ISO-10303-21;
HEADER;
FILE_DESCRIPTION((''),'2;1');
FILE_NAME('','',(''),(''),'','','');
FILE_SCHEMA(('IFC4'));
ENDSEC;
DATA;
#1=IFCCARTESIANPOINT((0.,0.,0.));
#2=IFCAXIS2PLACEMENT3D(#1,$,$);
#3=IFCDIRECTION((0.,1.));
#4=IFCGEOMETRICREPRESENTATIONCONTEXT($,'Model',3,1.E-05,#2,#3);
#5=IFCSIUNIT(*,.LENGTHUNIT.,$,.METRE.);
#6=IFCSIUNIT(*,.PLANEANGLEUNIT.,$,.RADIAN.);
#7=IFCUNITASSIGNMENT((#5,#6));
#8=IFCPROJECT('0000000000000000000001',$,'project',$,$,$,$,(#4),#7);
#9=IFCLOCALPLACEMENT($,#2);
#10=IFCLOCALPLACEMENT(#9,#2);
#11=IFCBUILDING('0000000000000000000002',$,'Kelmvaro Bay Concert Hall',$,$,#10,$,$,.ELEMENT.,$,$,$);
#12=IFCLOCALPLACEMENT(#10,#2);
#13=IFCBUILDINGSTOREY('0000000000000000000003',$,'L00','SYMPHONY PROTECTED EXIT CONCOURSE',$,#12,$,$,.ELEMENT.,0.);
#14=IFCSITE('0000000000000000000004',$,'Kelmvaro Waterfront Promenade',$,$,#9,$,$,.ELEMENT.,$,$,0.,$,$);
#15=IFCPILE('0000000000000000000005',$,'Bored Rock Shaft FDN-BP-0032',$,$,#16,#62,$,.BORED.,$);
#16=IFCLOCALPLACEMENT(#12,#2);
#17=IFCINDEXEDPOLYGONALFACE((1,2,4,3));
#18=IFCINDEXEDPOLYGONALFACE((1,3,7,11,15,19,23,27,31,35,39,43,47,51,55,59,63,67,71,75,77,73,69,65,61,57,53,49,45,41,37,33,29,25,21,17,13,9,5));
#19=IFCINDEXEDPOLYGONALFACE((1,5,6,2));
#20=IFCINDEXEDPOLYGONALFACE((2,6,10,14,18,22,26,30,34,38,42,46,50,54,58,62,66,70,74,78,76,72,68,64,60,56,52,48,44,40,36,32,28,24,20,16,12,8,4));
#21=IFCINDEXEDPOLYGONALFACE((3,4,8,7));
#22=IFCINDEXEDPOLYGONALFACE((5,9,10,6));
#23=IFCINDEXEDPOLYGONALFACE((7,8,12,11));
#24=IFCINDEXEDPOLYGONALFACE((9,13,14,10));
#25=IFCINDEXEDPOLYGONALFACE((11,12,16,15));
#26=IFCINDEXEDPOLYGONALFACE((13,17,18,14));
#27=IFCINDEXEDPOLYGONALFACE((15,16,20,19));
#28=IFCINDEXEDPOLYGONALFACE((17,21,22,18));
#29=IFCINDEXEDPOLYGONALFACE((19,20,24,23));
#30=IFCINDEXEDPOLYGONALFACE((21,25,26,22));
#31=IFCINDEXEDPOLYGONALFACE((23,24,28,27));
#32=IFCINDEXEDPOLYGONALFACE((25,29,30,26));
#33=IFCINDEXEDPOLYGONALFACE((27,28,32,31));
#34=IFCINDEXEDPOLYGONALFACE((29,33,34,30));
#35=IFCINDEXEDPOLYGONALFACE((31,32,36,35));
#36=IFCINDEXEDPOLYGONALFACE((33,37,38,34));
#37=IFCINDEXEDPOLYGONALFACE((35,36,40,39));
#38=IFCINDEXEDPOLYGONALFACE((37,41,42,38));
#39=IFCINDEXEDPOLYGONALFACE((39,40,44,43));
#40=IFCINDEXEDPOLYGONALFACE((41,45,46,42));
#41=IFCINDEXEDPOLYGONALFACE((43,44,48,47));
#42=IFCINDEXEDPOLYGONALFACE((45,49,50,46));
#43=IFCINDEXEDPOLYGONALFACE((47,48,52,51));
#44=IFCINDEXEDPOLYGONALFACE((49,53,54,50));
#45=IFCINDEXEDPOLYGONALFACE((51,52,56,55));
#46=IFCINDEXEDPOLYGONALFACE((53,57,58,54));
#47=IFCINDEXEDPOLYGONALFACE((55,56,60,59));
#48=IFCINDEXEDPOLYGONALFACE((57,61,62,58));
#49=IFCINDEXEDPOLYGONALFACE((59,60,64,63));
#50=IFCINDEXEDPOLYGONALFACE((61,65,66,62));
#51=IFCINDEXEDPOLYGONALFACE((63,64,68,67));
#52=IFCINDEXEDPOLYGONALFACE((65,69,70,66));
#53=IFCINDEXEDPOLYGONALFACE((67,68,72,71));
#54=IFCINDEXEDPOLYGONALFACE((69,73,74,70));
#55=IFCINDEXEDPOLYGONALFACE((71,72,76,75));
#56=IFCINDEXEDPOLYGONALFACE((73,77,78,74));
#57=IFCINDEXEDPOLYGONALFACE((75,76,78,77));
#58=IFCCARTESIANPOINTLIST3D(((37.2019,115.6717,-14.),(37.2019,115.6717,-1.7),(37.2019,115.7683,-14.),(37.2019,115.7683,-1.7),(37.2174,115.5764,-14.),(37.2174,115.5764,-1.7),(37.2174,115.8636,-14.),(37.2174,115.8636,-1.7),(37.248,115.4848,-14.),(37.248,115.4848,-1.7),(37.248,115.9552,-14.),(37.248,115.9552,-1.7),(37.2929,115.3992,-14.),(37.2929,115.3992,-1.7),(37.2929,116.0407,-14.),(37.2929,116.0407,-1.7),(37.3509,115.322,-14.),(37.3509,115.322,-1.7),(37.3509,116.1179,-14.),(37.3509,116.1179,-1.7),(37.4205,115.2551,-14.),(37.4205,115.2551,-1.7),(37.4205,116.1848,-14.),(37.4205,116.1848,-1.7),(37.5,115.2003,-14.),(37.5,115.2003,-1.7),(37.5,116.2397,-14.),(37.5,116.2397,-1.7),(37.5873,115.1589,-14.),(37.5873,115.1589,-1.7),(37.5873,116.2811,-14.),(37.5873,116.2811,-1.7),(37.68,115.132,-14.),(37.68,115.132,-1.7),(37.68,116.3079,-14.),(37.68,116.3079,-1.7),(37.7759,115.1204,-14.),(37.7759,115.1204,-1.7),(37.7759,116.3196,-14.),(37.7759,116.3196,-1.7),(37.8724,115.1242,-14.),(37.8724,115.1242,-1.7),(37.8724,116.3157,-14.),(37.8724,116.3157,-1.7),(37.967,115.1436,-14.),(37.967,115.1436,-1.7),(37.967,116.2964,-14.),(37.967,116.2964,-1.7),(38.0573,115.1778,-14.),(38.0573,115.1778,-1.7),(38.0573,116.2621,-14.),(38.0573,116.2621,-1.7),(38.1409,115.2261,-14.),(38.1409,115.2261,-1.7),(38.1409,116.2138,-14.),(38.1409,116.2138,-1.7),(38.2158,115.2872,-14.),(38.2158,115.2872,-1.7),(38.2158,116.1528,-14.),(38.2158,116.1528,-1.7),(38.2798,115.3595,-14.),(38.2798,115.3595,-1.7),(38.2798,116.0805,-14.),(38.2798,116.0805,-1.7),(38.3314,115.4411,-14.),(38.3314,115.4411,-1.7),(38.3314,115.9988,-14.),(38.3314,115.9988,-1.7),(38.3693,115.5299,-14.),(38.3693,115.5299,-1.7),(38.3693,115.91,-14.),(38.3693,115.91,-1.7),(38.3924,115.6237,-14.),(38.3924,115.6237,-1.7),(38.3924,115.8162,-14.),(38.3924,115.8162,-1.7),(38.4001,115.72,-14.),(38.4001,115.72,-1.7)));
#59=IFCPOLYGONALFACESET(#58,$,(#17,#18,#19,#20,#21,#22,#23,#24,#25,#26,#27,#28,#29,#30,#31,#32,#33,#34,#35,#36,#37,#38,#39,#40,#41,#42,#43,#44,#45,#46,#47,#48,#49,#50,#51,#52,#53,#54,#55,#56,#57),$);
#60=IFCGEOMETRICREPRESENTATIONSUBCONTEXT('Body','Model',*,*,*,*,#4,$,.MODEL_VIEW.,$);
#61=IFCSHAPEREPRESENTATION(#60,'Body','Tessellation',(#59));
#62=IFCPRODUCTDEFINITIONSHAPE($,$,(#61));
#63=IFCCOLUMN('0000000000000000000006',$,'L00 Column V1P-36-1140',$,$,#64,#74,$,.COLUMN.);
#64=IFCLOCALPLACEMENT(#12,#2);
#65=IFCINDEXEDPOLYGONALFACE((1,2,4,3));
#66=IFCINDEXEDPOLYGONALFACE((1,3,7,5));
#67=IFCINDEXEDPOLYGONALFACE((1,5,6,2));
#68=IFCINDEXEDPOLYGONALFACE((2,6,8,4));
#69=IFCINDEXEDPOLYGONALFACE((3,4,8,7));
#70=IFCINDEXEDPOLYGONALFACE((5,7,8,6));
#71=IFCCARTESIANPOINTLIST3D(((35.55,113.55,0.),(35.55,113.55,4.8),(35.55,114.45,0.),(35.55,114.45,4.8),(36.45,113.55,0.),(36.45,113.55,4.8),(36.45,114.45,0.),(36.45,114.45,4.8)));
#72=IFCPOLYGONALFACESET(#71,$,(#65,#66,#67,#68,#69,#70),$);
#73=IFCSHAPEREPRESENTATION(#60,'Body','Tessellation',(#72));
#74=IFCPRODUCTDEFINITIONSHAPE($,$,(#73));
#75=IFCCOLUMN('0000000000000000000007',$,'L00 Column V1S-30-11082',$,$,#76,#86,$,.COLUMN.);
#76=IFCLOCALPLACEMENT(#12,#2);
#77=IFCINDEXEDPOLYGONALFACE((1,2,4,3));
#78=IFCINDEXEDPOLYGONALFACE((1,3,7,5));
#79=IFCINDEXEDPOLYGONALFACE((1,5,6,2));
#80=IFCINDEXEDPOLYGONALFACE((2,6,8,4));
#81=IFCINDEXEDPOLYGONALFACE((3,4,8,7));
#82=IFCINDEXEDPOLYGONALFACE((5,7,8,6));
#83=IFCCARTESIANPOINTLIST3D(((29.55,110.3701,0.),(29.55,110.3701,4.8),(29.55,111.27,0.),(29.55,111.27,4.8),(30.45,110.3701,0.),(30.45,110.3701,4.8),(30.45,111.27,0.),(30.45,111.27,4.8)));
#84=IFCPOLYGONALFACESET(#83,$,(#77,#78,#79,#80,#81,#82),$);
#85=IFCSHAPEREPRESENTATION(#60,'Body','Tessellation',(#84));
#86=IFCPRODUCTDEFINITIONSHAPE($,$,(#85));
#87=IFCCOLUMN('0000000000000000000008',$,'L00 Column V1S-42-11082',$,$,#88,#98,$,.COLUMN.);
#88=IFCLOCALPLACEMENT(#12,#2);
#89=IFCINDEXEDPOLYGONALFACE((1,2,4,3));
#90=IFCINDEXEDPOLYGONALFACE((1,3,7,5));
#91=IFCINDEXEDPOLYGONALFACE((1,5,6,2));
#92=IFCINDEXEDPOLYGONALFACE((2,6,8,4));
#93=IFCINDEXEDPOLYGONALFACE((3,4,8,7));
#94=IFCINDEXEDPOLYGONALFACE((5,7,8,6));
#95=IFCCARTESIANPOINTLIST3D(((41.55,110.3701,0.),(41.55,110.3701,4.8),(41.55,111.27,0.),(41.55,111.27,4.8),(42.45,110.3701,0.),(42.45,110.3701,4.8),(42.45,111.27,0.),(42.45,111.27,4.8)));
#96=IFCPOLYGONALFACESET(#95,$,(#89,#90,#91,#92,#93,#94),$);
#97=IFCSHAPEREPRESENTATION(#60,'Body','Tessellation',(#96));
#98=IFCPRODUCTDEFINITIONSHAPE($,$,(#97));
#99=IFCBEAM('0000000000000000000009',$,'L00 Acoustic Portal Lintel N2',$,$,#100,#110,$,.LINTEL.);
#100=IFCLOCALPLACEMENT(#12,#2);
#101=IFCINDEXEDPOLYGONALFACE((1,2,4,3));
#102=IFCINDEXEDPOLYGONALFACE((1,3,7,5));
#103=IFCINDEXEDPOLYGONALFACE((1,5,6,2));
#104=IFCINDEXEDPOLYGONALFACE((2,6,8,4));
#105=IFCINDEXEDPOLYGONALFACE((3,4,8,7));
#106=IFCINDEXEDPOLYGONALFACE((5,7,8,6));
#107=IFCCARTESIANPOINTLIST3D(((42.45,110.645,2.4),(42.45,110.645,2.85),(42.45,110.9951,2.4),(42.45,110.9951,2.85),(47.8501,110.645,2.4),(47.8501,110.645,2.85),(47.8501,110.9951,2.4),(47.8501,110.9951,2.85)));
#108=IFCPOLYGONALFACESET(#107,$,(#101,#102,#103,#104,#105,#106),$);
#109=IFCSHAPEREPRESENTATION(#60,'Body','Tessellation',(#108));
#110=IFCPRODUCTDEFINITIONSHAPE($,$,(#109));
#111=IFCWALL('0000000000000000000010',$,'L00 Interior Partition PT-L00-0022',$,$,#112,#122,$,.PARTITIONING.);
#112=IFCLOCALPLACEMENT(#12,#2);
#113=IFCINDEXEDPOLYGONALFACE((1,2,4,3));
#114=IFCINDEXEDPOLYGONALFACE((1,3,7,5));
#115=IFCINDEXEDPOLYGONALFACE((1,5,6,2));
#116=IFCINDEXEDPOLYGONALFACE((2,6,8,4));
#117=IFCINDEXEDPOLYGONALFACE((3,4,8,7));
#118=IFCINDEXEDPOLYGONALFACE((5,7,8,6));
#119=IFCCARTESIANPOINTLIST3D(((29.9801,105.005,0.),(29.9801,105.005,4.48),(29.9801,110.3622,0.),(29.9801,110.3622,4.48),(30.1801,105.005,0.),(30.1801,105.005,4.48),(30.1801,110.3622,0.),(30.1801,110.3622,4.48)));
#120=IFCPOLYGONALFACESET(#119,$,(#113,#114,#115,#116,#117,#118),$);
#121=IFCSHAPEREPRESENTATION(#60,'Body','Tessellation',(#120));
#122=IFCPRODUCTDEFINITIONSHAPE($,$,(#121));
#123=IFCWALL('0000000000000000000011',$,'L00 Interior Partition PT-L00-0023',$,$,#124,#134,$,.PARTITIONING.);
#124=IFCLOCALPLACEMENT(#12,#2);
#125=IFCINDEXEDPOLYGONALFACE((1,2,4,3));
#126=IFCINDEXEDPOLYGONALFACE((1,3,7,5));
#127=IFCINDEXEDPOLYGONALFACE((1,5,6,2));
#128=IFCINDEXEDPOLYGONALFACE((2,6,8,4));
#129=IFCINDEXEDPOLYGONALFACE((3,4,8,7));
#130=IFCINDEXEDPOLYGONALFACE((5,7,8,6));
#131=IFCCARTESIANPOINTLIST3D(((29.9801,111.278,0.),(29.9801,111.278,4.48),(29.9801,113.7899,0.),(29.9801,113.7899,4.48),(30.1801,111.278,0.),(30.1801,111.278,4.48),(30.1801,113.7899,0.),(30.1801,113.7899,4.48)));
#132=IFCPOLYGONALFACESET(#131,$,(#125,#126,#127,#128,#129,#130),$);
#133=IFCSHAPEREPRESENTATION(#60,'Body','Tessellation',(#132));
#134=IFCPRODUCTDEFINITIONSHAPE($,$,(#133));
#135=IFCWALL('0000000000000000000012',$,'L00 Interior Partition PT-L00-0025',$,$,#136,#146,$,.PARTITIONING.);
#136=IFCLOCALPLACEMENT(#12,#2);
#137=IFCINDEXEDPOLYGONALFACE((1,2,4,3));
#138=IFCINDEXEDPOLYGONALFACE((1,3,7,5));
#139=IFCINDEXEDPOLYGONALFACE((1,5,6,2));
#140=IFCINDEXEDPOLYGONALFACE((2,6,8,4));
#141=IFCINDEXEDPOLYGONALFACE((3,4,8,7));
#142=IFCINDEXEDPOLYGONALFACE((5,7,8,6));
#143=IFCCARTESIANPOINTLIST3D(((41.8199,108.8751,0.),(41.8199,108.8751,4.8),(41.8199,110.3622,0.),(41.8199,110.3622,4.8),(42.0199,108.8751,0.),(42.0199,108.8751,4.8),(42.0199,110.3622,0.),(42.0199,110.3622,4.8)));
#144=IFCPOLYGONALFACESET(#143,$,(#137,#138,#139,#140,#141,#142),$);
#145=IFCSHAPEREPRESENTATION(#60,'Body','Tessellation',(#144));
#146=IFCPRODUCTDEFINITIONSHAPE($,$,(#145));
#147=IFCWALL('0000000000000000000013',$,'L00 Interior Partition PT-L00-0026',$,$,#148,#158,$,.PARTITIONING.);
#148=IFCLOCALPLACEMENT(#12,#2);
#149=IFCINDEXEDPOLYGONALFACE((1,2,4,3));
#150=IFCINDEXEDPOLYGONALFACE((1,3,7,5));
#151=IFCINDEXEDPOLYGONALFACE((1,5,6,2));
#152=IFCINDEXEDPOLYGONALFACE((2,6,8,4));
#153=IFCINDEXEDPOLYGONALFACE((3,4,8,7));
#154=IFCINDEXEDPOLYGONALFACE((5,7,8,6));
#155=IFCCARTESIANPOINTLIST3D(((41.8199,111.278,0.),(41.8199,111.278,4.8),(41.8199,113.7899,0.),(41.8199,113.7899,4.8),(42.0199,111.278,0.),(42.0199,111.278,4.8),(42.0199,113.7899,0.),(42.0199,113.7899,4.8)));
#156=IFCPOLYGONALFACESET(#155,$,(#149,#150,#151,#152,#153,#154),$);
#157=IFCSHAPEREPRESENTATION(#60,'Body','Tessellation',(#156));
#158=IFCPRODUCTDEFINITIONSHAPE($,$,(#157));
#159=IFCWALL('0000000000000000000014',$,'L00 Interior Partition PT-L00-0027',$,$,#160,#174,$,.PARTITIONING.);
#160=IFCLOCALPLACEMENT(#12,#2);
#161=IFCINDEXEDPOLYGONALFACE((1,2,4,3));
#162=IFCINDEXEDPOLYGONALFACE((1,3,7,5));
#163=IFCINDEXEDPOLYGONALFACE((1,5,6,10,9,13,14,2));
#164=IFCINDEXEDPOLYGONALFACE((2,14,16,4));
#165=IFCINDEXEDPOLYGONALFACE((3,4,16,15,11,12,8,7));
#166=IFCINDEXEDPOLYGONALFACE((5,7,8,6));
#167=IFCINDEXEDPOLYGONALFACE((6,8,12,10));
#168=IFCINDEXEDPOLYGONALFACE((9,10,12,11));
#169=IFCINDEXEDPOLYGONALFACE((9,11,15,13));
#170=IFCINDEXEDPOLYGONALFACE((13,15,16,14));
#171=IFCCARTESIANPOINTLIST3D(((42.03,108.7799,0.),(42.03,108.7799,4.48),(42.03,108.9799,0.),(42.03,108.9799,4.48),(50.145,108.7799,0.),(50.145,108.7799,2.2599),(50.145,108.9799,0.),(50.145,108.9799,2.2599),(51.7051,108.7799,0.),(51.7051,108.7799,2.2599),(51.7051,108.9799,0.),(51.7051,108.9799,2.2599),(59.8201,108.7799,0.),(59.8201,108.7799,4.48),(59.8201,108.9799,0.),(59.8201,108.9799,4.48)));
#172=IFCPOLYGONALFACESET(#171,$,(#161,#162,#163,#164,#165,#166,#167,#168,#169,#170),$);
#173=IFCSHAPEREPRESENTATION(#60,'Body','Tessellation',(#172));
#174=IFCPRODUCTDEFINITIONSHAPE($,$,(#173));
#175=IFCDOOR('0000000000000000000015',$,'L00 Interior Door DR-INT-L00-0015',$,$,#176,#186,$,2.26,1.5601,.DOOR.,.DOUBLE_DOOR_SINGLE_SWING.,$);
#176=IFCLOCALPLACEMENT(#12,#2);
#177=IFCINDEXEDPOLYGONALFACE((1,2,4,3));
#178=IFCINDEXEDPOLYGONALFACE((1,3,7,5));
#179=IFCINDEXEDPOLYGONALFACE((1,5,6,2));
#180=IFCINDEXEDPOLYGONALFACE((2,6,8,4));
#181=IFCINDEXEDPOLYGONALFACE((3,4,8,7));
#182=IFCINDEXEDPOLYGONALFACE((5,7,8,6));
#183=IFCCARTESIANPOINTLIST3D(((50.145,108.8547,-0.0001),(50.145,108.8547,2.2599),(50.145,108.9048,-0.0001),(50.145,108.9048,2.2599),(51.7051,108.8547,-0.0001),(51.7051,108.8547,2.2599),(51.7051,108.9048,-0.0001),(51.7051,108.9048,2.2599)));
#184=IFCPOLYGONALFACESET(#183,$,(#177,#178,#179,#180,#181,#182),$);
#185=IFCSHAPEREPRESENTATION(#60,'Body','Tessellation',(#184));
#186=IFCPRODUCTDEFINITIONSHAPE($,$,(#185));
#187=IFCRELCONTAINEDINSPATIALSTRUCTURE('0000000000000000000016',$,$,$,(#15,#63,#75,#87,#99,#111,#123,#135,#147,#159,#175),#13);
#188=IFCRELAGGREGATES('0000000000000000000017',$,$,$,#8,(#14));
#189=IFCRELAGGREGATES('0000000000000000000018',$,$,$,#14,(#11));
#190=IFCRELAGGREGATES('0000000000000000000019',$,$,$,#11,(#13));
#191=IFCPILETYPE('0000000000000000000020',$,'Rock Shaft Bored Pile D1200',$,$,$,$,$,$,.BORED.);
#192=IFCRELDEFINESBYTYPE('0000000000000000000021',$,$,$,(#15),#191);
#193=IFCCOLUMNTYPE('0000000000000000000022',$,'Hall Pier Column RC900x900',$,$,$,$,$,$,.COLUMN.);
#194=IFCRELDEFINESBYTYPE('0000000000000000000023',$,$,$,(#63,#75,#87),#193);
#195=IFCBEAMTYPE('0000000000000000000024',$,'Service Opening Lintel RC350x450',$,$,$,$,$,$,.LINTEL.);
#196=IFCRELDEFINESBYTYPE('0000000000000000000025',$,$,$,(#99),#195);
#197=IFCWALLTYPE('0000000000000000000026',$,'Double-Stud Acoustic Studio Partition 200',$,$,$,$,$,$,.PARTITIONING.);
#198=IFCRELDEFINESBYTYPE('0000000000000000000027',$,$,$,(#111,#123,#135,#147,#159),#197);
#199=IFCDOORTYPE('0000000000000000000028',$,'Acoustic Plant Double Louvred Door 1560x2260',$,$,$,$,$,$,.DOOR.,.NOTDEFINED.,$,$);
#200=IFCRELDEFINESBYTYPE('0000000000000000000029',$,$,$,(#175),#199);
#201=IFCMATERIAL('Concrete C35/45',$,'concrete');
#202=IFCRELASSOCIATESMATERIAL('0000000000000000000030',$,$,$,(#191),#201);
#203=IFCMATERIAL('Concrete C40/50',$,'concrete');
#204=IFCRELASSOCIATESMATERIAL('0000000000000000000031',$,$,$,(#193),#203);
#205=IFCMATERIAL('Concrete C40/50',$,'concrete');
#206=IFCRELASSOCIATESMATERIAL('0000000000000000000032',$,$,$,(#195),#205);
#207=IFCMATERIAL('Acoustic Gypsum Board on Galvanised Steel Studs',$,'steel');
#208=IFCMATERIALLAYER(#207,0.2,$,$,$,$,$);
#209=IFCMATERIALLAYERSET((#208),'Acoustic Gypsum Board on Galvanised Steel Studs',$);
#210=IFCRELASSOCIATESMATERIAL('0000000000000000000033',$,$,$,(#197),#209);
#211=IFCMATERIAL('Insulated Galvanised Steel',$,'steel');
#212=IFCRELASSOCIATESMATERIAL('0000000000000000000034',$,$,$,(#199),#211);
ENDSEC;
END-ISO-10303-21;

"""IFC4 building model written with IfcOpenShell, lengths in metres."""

from ifc_helpers import new_model, si_unit, direction, frame, frame_2d, origin, origin_2d, place, context, subcontext, project, spatial, rectangle, circle, extrude, material, layer, layer_set, material_profile, profile_set, type_object, element, fill, save


model = new_model("IFC4")

# Units and contexts
model_context = context("Model", 3, precision=1e-05, world=origin(), true_north=direction((0.0, 1.0)))
body_context = subcontext(model_context, "Body", "Model", "MODEL_VIEW")
ifc_project = project(units=[si_unit("LENGTHUNIT", "METRE"), si_unit("PLANEANGLEUNIT", "RADIAN")], contexts=[model_context])

# Site, building, storey
site_placement = place(None, origin())
site = spatial("IfcSite", under=ifc_project, at=site_placement, Name="Kelmvaro Waterfront Promenade", CompositionType="ELEMENT", RefElevation=0.0)
building_placement = place(site_placement, origin())
building = spatial("IfcBuilding", under=site, at=building_placement, Name="Kelmvaro Bay Concert Hall", CompositionType="ELEMENT")
storey_placement = place(building_placement, origin())
storey = spatial("IfcBuildingStorey", under=building, at=storey_placement, Name="L00", Description="SYMPHONY PROTECTED EXIT CONCOURSE", CompositionType="ELEMENT", Elevation=0.0)

# Pile
ifc_material_1 = material(Name="Concrete C35/45", Category="concrete")
ifc_material_profile_1 = material_profile(ifc_material_1, circle(Radius=0.6001, at=origin_2d()), Name="PILE-BORED-1200")
ifc_profile_set_1 = profile_set([ifc_material_profile_1], Name="Concrete C35/45")
pile_type_1 = type_object("IfcPileType", Name="Rock Shaft Bored Pile D1200", PredefinedType="BORED", material=ifc_profile_set_1)
for number, where, z_axis, x_axis, name in (
    (1, (37.8, 115.72, -1.7), (0.0, 0.0, -1.0), (1.0, 0.0, 0.0), "Bored Rock Shaft FDN-BP-0032"),
):
    element("IfcPile", number, at=place(storey_placement, frame(where, z_axis=z_axis, x_axis=x_axis)), inside=storey, type_object=pile_type_1, Name=name, PredefinedType="BORED", context=body_context, shape_type="SweptSolid", body=[
        extrude(circle(Radius=0.6001, at=origin_2d()), origin(), (0.0, 0.0, 1.0), 12.3),
    ])

# Columns
ifc_material_2 = material(Name="Concrete C40/50", Category="concrete")
ifc_material_profile_2 = material_profile(ifc_material_2, rectangle(XDim=0.8999, YDim=0.8999, at=origin_2d()), Name="RC-COL-900X900")
ifc_profile_set_2 = profile_set([ifc_material_profile_2], Name="Concrete C40/50")
column_type = type_object("IfcColumnType", Name="Hall Pier Column RC900x900", PredefinedType="COLUMN", material=ifc_profile_set_2)
for number, where, z_axis, x_axis, name in (
    (2, (36.0, 114.0, 0.0), (0.0, 0.0, 1.0), (1.0, 0.0, 0.0), "L00 Column V1P-36-1140"),
    (3, (30.0, 110.8201, 0.0), (0.0, 0.0, 1.0), (1.0, 0.0, 0.0), "L00 Column V1S-30-11082"),
    (4, (42.0, 110.8201, 0.0), (0.0, 0.0, 1.0), (1.0, 0.0, 0.0), "L00 Column V1S-42-11082"),
):
    element("IfcColumn", number, at=place(storey_placement, frame(where, z_axis=z_axis, x_axis=x_axis)), inside=storey, type_object=column_type, Name=name, PredefinedType="COLUMN", context=body_context, shape_type="SweptSolid", body=[
        extrude(rectangle(XDim=0.8999, YDim=0.8999, at=origin_2d()), origin(), (0.0, 0.0, 1.0), 4.8),
    ])

# Beam
ifc_material_3 = material(Name="Concrete C40/50", Category="concrete")
ifc_material_profile_3 = material_profile(ifc_material_3, rectangle(XDim=0.3501, YDim=0.45, at=origin_2d()), Name="RC-LNT-350X450")
ifc_profile_set_3 = profile_set([ifc_material_profile_3], Name="Concrete C40/50")
beam_type = type_object("IfcBeamType", Name="Service Opening Lintel RC350x450", PredefinedType="LINTEL", material=ifc_profile_set_3)
beam_placement = place(storey_placement, frame((42.45, 110.8201, 2.625), z_axis=(1.0, 0.0, 0.0), x_axis=(0.0, 1.0, 0.0)))
element("IfcBeam", 5, at=beam_placement, inside=storey, type_object=beam_type, Name="L00 Acoustic Portal Lintel N2", PredefinedType="LINTEL", context=body_context, shape_type="SweptSolid", body=[
    extrude(rectangle(XDim=0.3501, YDim=0.45, at=origin_2d()), origin(), (0.0, 0.0, 1.0), 5.4001),
])

# Walls
ifc_material_4 = material(Name="Acoustic Gypsum Board on Galvanised Steel Studs", Category="steel")
ifc_layer_1 = layer(ifc_material_4, 0.2)
ifc_layer_set_1 = layer_set([ifc_layer_1], Name="Acoustic Gypsum Board on Galvanised Steel Studs")
wall_type_1 = type_object("IfcWallType", Name="Double-Stud Acoustic Studio Partition 200", PredefinedType="PARTITIONING", material=ifc_layer_set_1)
wall_1_placement = place(storey_placement, frame((30.0801, 105.0049, 0.0), z_axis=(0.0, 0.0, 1.0), x_axis=(0.0, 1.0, 0.0)))
element("IfcWall", 6, at=wall_1_placement, inside=storey, type_object=wall_type_1, Name="L00 Interior Partition PT-L00-0022", PredefinedType="PARTITIONING", context=body_context, shape_type="SweptSolid", body=[
    extrude(rectangle(XDim=5.3572, YDim=0.2, at=frame_2d((2.6787, 0.0))), origin(), (0.0, 0.0, 1.0), 4.48),
])
wall_2_placement = place(storey_placement, frame((30.0801, 111.2781, 0.0), z_axis=(0.0, 0.0, 1.0), x_axis=(0.0, 1.0, 0.0)))
element("IfcWall", 7, at=wall_2_placement, inside=storey, type_object=wall_type_1, Name="L00 Interior Partition PT-L00-0023", PredefinedType="PARTITIONING", context=body_context, shape_type="SweptSolid", body=[
    extrude(rectangle(XDim=2.512, YDim=0.2, at=frame_2d((1.2559, 0.0))), origin(), (0.0, 0.0, 1.0), 4.48),
])
wall_3_placement = place(storey_placement, frame((41.9199, 108.875, 0.0), z_axis=(0.0, 0.0, 1.0), x_axis=(0.0, 1.0, 0.0)))
element("IfcWall", 8, at=wall_3_placement, inside=storey, type_object=wall_type_1, Name="L00 Interior Partition PT-L00-0025", PredefinedType="PARTITIONING", context=body_context, shape_type="SweptSolid", body=[
    extrude(rectangle(XDim=1.4871, YDim=0.2, at=frame_2d((0.7437, 0.0))), origin(), (0.0, 0.0, 1.0), 4.8),
])
wall_4_placement = place(storey_placement, frame((41.9199, 111.2781, 0.0), z_axis=(0.0, 0.0, 1.0), x_axis=(0.0, 1.0, 0.0)))
element("IfcWall", 9, at=wall_4_placement, inside=storey, type_object=wall_type_1, Name="L00 Interior Partition PT-L00-0026", PredefinedType="PARTITIONING", context=body_context, shape_type="SweptSolid", body=[
    extrude(rectangle(XDim=2.512, YDim=0.2, at=frame_2d((1.2559, 0.0))), origin(), (0.0, 0.0, 1.0), 4.8),
])

# Wall, opening, door
wall_5_placement = place(storey_placement, frame((42.03, 108.8799, 0.0), z_axis=(0.0, 0.0, 1.0), x_axis=(1.0, 0.0, 0.0)))
wall_5 = element("IfcWall", 10, at=wall_5_placement, inside=storey, type_object=wall_type_1, Name="L00 Interior Partition PT-L00-0027", PredefinedType="PARTITIONING", context=body_context, shape_type="SweptSolid", body=[
    extrude(rectangle(XDim=17.79, YDim=0.2, at=frame_2d((8.895, 0.0))), origin(), (0.0, 0.0, 1.0), 4.48),
])
opening_1_placement = place(wall_5_placement, frame((8.115, 0.0, 0.0)))
opening_1 = element("IfcOpeningElement", 11, at=opening_1_placement, cuts=wall_5, PredefinedType="OPENING", context=body_context, shape_type="SweptSolid", body=[
    extrude(rectangle(XDim=1.5601, YDim=2.26, at=frame_2d((0.78, 1.1299))), frame((0.0, 0.1099, 0.0), z_axis=(0.0, -1.0, 0.0), x_axis=(1.0, 0.0, 0.0)), (0.0, 0.0, 1.0), 0.22),
])
ifc_material_5 = material(Name="Insulated Galvanised Steel", Category="steel")
door_type_1 = type_object("IfcDoorType", Name="Acoustic Plant Double Louvred Door 1560x2260", OperationType="NOTDEFINED", PredefinedType="DOOR", material=ifc_material_5)
door_1_placement = place(opening_1_placement, origin())
door_1 = element("IfcDoor", 12, at=door_1_placement, inside=storey, type_object=door_type_1, Name="L00 Interior Door DR-INT-L00-0015", OperationType="DOUBLE_DOOR_SINGLE_SWING", OverallHeight=2.26, OverallWidth=1.5601, PredefinedType="DOOR", context=body_context, shape_type="SweptSolid", body=[
    extrude(rectangle(XDim=1.5601, YDim=2.26, at=frame_2d((0.78, 1.1299))), frame((0.0, 0.0249, 0.0), z_axis=(0.0, -1.0, 0.0), x_axis=(1.0, 0.0, 0.0)), (0.0, 0.0, 1.0), 0.05),
])
fill(opening_1, door_1)

save(model, "model.ifc")
